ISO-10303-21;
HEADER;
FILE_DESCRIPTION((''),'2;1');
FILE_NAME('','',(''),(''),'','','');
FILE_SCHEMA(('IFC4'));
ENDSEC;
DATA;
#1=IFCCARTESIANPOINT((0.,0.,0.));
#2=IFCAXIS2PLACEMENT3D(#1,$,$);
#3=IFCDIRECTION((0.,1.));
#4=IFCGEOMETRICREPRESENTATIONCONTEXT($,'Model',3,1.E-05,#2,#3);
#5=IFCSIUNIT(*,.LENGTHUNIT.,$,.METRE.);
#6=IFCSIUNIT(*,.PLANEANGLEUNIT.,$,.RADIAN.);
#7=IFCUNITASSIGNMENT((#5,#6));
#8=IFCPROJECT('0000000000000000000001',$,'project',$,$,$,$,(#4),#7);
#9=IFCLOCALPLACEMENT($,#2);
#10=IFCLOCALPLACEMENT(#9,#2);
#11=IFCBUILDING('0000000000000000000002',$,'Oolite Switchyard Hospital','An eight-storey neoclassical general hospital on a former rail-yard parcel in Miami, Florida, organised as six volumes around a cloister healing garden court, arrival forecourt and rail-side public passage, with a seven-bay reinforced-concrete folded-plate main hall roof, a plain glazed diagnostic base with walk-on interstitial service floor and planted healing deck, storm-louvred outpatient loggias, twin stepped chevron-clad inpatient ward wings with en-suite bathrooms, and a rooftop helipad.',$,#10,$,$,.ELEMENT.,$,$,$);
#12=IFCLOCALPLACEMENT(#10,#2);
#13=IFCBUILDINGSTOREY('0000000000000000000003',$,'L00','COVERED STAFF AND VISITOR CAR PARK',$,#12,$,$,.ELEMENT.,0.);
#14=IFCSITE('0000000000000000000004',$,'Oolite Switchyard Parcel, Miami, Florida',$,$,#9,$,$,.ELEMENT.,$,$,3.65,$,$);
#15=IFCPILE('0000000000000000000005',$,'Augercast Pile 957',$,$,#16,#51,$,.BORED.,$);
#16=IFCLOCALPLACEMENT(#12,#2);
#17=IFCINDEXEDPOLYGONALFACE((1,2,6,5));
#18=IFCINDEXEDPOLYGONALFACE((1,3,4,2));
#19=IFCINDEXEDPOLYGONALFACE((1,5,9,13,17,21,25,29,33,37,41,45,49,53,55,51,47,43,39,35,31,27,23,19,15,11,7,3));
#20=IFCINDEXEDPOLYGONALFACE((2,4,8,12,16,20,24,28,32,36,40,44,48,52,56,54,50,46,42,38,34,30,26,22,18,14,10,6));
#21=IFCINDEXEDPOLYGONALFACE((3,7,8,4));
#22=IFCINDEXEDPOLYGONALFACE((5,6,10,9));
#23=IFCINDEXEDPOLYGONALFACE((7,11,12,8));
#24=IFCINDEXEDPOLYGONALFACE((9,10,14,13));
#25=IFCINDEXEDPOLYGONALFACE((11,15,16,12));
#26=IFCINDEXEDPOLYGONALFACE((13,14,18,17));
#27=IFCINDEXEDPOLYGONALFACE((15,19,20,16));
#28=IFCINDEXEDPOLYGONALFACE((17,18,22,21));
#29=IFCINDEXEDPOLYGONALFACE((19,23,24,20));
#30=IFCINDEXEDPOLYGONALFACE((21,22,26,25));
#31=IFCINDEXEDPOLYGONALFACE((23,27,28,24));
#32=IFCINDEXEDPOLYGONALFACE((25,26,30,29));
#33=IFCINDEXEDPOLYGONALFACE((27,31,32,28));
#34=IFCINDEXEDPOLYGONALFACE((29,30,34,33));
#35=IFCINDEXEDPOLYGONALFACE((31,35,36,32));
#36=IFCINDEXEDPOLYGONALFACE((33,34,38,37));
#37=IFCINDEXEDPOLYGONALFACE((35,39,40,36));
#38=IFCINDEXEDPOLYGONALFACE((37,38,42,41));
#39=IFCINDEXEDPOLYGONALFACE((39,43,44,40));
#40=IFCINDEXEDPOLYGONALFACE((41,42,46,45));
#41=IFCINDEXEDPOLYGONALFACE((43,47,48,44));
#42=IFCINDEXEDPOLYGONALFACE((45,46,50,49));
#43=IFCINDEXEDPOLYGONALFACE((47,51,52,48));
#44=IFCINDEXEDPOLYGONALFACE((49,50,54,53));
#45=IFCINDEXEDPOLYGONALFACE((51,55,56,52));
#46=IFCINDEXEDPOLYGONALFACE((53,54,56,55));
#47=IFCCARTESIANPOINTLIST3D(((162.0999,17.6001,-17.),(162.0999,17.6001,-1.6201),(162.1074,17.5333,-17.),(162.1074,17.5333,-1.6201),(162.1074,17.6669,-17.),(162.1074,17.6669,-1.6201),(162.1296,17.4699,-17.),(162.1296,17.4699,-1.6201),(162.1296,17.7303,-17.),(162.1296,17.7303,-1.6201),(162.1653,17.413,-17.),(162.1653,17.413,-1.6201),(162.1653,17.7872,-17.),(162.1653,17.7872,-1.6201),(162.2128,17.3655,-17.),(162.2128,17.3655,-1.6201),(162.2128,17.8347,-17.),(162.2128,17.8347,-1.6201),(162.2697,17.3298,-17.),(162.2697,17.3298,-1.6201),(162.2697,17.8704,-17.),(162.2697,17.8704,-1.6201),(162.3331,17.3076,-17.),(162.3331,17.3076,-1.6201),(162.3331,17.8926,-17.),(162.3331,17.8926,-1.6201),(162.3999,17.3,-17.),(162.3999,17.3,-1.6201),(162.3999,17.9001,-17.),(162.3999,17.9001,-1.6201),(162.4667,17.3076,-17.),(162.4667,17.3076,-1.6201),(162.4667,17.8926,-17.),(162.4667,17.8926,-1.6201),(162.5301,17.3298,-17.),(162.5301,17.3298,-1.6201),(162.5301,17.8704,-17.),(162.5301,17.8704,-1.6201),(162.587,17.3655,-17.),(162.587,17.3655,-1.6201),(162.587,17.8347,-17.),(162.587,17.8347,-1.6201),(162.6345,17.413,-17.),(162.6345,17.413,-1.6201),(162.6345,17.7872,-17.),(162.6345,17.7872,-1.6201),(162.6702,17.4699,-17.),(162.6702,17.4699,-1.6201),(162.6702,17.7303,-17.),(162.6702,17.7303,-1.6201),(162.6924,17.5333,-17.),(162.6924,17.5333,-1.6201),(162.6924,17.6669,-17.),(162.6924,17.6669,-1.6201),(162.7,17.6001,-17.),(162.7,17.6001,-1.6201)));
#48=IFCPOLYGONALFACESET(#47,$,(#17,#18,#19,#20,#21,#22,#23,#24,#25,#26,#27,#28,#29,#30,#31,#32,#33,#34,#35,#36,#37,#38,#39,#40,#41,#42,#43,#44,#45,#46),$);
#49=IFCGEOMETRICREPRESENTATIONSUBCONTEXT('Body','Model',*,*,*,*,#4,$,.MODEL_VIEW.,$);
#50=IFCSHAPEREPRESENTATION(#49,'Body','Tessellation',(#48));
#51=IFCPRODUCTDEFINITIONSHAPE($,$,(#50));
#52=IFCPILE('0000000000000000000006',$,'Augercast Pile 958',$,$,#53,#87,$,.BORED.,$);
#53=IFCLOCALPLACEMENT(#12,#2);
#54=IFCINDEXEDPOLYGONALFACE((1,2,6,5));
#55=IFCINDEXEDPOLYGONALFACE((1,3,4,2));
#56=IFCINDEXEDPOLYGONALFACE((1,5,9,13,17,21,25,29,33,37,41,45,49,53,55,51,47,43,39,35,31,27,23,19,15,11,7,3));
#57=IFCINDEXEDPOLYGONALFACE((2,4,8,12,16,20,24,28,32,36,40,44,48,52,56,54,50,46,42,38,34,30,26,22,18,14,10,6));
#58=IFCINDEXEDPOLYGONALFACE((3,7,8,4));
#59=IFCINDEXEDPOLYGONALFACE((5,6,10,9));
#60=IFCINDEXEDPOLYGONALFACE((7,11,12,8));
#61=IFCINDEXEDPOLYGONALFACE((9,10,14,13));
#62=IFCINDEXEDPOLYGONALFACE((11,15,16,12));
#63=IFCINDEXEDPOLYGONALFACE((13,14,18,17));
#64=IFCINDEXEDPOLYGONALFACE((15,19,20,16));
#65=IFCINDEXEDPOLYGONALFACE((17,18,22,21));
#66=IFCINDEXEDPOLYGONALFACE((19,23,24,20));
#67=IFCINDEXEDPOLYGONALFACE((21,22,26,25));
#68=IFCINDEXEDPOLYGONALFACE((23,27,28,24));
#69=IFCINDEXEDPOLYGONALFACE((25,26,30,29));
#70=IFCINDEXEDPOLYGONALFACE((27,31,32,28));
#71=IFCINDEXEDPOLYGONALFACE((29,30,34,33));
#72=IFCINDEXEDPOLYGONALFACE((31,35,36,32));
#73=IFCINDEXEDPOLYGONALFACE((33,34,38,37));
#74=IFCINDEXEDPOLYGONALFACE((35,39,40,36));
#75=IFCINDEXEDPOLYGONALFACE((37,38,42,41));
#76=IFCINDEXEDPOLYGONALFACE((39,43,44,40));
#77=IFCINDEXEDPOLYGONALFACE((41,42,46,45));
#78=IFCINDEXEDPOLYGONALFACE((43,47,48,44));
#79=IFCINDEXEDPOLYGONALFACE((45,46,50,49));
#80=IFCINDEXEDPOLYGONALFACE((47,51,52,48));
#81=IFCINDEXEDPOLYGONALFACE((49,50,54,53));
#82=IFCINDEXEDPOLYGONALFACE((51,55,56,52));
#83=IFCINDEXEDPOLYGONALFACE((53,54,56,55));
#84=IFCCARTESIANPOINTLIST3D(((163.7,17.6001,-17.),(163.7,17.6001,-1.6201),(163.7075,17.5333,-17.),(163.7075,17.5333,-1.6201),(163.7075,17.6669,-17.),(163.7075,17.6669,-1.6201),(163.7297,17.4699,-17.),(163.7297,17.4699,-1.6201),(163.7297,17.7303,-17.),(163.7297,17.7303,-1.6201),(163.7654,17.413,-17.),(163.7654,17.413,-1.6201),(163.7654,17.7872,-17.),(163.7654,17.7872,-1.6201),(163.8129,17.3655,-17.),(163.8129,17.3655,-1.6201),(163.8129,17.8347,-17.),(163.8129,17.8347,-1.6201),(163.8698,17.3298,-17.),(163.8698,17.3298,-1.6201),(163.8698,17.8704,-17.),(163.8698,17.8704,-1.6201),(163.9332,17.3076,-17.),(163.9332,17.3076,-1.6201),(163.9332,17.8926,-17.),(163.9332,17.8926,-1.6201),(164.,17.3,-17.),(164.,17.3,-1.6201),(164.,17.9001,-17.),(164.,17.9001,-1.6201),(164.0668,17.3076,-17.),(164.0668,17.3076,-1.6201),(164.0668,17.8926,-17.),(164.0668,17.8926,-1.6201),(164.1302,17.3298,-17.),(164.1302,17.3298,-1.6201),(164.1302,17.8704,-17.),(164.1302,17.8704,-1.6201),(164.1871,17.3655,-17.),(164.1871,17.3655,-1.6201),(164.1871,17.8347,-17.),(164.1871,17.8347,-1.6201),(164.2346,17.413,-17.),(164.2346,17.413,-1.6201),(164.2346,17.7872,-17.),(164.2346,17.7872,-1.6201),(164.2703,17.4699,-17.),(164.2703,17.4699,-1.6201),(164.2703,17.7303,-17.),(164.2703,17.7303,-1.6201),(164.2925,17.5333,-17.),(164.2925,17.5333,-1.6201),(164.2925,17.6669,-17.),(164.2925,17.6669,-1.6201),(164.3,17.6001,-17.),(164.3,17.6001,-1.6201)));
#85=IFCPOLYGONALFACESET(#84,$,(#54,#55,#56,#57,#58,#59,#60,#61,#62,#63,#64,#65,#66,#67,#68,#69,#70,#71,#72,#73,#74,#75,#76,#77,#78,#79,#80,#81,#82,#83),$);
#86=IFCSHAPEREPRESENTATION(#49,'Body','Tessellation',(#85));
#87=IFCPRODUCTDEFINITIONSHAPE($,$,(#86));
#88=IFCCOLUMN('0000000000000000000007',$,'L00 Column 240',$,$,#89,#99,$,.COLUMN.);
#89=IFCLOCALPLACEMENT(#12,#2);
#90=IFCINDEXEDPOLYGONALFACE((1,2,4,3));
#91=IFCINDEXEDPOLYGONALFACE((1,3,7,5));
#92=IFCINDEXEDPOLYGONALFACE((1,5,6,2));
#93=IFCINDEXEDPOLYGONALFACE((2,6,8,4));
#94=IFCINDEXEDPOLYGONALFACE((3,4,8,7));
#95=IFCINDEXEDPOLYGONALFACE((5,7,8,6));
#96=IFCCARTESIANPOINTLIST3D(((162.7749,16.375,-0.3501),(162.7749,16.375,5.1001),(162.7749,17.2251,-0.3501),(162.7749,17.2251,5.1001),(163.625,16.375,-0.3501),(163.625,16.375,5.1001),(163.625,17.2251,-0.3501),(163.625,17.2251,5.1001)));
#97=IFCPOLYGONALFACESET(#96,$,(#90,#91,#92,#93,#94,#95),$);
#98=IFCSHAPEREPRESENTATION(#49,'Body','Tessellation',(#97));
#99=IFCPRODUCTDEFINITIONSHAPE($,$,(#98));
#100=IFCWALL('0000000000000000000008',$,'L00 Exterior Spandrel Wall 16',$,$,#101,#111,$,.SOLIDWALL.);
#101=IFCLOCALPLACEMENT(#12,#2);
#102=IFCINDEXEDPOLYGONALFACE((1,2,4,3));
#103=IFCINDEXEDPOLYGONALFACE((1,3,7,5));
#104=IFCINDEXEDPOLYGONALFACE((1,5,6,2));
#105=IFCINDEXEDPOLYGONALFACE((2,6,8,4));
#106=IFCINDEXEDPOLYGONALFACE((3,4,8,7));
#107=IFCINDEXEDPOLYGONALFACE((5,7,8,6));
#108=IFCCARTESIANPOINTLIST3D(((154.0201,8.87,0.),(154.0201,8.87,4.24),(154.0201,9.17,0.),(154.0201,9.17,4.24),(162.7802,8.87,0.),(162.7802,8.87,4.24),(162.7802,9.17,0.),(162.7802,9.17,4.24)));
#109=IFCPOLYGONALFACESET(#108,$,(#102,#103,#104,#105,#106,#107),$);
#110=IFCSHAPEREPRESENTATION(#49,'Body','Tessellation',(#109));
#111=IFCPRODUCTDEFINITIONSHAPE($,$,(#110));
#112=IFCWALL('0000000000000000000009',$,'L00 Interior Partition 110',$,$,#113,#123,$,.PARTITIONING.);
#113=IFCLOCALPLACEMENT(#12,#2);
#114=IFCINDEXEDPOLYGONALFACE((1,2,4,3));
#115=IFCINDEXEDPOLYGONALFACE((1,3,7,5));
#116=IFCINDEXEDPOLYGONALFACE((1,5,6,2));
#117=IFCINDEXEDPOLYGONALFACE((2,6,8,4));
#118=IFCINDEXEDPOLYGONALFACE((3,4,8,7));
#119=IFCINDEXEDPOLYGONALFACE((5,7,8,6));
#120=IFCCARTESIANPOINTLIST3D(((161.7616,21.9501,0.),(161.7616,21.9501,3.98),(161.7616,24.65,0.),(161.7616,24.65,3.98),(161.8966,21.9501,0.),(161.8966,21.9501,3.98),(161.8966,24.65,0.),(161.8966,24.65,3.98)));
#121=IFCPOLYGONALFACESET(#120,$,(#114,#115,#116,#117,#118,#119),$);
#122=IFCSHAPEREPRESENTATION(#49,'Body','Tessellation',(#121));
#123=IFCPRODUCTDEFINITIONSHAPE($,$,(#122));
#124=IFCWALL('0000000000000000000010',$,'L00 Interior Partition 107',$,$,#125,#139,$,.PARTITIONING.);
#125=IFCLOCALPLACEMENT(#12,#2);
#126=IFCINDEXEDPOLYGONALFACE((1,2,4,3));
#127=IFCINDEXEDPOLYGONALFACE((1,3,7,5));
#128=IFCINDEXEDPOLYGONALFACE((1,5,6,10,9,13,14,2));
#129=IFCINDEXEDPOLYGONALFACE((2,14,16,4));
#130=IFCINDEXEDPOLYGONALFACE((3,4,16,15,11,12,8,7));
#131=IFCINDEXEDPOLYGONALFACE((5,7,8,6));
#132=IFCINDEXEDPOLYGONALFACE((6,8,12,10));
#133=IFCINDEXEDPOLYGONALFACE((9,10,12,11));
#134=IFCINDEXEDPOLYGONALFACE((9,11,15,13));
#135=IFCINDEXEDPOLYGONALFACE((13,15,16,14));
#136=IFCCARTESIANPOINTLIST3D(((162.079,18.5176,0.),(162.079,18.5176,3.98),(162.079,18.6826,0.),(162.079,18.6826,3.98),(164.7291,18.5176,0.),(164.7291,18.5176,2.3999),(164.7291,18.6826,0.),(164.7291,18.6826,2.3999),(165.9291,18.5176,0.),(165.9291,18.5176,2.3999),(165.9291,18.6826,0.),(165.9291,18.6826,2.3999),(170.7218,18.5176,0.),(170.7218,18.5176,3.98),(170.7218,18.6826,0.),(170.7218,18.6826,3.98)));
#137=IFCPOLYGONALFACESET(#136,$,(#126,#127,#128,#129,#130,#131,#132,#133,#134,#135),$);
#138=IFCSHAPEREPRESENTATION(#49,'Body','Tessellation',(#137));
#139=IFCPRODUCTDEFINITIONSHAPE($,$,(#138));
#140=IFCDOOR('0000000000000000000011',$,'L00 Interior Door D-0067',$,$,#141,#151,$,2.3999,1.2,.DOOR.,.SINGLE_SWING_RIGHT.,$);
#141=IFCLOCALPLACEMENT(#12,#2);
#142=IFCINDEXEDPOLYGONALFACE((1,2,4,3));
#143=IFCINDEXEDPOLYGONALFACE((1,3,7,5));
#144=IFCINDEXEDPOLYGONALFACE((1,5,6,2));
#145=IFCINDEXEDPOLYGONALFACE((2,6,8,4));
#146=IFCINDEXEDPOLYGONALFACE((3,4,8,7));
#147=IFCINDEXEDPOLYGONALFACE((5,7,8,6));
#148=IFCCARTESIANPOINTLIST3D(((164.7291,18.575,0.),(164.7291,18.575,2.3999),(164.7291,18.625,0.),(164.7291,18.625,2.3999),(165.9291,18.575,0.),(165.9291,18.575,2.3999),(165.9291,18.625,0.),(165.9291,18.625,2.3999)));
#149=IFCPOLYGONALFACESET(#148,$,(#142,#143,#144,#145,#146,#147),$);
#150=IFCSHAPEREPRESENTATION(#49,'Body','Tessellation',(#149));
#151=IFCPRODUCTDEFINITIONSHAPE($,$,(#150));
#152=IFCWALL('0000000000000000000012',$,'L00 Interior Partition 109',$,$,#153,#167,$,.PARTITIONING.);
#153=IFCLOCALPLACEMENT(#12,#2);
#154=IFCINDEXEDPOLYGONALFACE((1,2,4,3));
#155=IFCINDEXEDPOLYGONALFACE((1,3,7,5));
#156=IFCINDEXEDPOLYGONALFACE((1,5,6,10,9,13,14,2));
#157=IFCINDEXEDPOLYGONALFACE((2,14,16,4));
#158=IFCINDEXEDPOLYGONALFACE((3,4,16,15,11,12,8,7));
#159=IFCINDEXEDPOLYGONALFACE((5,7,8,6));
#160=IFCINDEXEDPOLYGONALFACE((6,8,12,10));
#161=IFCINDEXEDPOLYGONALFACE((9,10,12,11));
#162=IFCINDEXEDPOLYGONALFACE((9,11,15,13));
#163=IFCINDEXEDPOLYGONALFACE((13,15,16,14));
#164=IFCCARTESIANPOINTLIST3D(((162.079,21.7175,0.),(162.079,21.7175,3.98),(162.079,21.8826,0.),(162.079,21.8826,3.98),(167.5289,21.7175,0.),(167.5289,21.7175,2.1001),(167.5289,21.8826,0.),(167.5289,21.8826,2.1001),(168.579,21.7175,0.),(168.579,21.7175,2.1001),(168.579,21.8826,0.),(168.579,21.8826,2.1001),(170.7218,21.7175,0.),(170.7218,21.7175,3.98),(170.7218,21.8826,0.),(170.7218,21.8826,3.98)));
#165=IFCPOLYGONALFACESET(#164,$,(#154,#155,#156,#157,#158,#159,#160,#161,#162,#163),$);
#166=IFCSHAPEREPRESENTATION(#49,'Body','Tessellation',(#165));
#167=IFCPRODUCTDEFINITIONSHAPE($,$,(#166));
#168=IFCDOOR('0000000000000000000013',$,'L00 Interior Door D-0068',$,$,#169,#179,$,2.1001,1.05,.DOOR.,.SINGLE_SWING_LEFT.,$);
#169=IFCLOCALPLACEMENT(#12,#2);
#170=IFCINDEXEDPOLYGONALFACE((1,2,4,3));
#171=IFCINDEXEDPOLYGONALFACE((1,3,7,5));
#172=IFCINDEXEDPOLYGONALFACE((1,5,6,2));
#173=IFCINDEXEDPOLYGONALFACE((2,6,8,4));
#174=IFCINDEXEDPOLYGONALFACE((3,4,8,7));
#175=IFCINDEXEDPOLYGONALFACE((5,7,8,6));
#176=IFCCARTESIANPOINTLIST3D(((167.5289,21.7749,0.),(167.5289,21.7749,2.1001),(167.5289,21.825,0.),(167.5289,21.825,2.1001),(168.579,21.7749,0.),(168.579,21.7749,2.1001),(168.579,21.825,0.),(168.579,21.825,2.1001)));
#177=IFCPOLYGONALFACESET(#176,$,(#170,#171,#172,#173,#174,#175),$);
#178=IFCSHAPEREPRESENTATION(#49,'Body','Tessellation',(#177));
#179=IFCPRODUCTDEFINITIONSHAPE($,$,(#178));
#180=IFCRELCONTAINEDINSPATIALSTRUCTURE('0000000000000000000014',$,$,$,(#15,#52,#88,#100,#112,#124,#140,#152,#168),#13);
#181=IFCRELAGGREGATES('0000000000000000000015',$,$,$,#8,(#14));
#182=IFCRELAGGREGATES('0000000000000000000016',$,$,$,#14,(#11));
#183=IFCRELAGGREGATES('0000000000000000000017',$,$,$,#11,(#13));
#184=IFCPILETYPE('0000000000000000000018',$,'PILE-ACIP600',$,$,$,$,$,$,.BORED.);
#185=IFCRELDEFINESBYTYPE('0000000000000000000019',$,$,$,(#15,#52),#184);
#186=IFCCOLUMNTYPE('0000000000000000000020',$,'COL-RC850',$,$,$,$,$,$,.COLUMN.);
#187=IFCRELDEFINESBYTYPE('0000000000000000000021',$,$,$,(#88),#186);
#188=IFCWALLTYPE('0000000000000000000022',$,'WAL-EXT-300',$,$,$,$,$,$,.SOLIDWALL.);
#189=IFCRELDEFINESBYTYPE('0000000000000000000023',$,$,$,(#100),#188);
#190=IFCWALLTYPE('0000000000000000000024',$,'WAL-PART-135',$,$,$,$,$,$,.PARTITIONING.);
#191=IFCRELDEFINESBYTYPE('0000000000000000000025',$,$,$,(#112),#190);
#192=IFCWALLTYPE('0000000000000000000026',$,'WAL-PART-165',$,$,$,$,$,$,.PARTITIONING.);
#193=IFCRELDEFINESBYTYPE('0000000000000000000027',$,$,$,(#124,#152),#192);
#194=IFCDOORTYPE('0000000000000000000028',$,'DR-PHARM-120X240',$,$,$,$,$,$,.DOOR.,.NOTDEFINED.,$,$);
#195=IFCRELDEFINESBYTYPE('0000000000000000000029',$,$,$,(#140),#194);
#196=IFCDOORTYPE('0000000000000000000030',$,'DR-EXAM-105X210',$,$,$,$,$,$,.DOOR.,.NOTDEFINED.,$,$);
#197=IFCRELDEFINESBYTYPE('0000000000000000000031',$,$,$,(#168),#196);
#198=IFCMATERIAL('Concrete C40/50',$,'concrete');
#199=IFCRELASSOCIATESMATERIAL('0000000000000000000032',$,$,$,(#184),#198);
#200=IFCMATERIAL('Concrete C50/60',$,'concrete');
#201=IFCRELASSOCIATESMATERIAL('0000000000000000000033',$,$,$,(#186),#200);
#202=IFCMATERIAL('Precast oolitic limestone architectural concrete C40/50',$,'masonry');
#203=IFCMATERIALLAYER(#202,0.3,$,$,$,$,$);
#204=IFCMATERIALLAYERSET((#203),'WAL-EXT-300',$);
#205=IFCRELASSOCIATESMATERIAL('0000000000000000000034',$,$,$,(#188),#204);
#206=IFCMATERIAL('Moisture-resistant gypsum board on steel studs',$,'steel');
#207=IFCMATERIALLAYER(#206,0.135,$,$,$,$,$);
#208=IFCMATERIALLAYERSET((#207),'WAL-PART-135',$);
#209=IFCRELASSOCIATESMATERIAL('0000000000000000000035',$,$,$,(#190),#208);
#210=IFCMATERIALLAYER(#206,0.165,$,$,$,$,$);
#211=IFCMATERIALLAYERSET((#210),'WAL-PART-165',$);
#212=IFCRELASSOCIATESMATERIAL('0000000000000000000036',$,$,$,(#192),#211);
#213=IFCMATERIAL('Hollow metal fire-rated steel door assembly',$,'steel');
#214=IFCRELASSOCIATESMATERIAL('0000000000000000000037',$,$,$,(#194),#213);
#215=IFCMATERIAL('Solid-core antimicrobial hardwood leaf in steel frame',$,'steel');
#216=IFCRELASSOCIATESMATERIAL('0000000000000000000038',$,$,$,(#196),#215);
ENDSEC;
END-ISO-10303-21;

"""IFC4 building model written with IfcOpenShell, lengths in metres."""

from ifc_helpers import new_model, si_unit, direction, frame, frame_2d, origin, origin_2d, place, context, subcontext, project, spatial, rectangle, circle, extrude, material, layer, layer_set, material_profile, profile_set, type_object, element, fill, save


model = new_model("IFC4")

# Units and contexts
model_context = context("Model", 3, precision=1e-05, world=origin(), true_north=direction((0.0, 1.0)))
body_context = subcontext(model_context, "Body", "Model", "MODEL_VIEW")
ifc_project = project(units=[si_unit("LENGTHUNIT", "METRE"), si_unit("PLANEANGLEUNIT", "RADIAN")], contexts=[model_context])

# Site, building, storey
site_placement = place(None, origin())
site = spatial("IfcSite", under=ifc_project, at=site_placement, Name="Oolite Switchyard Parcel, Miami, Florida", CompositionType="ELEMENT", RefElevation=3.65)
building_placement = place(site_placement, origin())
building = spatial("IfcBuilding", under=site, at=building_placement, Name="Oolite Switchyard Hospital", Description="An eight-storey neoclassical general hospital on a former rail-yard parcel in Miami, Florida, organised as six volumes around a cloister healing garden court, arrival forecourt and rail-side public passage, with a seven-bay reinforced-concrete folded-plate main hall roof, a plain glazed diagnostic base with walk-on interstitial service floor and planted healing deck, storm-louvred outpatient loggias, twin stepped chevron-clad inpatient ward wings with en-suite bathrooms, and a rooftop helipad.", CompositionType="ELEMENT")
storey_placement = place(building_placement, origin())
storey = spatial("IfcBuildingStorey", under=building, at=storey_placement, Name="L00", Description="COVERED STAFF AND VISITOR CAR PARK", CompositionType="ELEMENT", Elevation=0.0)

# Shared definitions
ifc_material_1 = material(Name="Concrete C40/50", Category="concrete")

# Piles
ifc_material_profile_1 = material_profile(ifc_material_1, circle(Radius=0.3, at=origin_2d()), Name="PILE600")
ifc_profile_set_1 = profile_set([ifc_material_profile_1], Name="Concrete C40/50")
pile_type = type_object("IfcPileType", Name="PILE-ACIP600", PredefinedType="BORED", material=ifc_profile_set_1)
for number, where, z_axis, x_axis, name in (
    (1, (162.3999, 17.6001, -1.6201), (0.0, 0.0, -1.0), (1.0, 0.0, 0.0), "Augercast Pile 957"),
    (2, (164.0, 17.6001, -1.6201), (0.0, 0.0, -1.0), (1.0, 0.0, 0.0), "Augercast Pile 958"),
):
    element("IfcPile", number, at=place(storey_placement, frame(where, z_axis=z_axis, x_axis=x_axis)), inside=storey, type_object=pile_type, Name=name, PredefinedType="BORED", context=body_context, shape_type="SweptSolid", body=[
        extrude(circle(Radius=0.3, at=origin_2d()), origin(), (0.0, 0.0, 1.0), 15.3799),
    ])

# Column
ifc_material_2 = material(Name="Concrete C50/60", Category="concrete")
ifc_material_profile_2 = material_profile(ifc_material_2, rectangle(XDim=0.8501, YDim=0.8501, at=origin_2d()), Name="RC850X850")
ifc_profile_set_2 = profile_set([ifc_material_profile_2], Name="Concrete C50/60")
column_type = type_object("IfcColumnType", Name="COL-RC850", PredefinedType="COLUMN", material=ifc_profile_set_2)
column_placement = place(storey_placement, frame((163.2, 16.8, -0.3501), z_axis=(0.0, 0.0, 1.0), x_axis=(1.0, 0.0, 0.0)))
element("IfcColumn", 3, at=column_placement, inside=storey, type_object=column_type, Name="L00 Column 240", PredefinedType="COLUMN", context=body_context, shape_type="SweptSolid", body=[
    extrude(rectangle(XDim=0.8501, YDim=0.8501, at=origin_2d()), origin(), (0.0, 0.0, 1.0), 5.4502),
])

# Walls
ifc_material_3 = material(Name="Precast oolitic limestone architectural concrete C40/50", Category="masonry")
ifc_layer_1 = layer(ifc_material_3, 0.3)
ifc_layer_set_1 = layer_set([ifc_layer_1], Name="WAL-EXT-300")
wall_type_1 = type_object("IfcWallType", Name="WAL-EXT-300", PredefinedType="SOLIDWALL", material=ifc_layer_set_1)
wall_1_placement = place(storey_placement, frame((162.78, 9.02, 0.0), z_axis=(0.0, 0.0, 1.0), x_axis=(-1.0, 0.0, 0.0)))
element("IfcWall", 4, at=wall_1_placement, inside=storey, type_object=wall_type_1, Name="L00 Exterior Spandrel Wall 16", PredefinedType="SOLIDWALL", context=body_context, shape_type="SweptSolid", body=[
    extrude(rectangle(XDim=8.76, YDim=0.3, at=frame_2d((4.3799, 0.0))), origin(), (0.0, 0.0, 1.0), 4.24),
])
ifc_material_4 = material(Name="Moisture-resistant gypsum board on steel studs", Category="steel")
ifc_layer_2 = layer(ifc_material_4, 0.135)
ifc_layer_set_2 = layer_set([ifc_layer_2], Name="WAL-PART-135")
wall_type_2 = type_object("IfcWallType", Name="WAL-PART-135", PredefinedType="PARTITIONING", material=ifc_layer_set_2)
wall_2_placement = place(storey_placement, frame((161.8291, 21.95, 0.0), z_axis=(0.0, 0.0, 1.0), x_axis=(0.0, 1.0, 0.0)))
element("IfcWall", 5, at=wall_2_placement, inside=storey, type_object=wall_type_2, Name="L00 Interior Partition 110", PredefinedType="PARTITIONING", context=body_context, shape_type="SweptSolid", body=[
    extrude(rectangle(XDim=2.7, YDim=0.135, at=frame_2d((1.3501, 0.0))), origin(), (0.0, 0.0, 1.0), 3.98),
])

# Walls, openings, doors
ifc_layer_3 = layer(ifc_material_4, 0.165)
ifc_layer_set_3 = layer_set([ifc_layer_3], Name="WAL-PART-165")
wall_type_3 = type_object("IfcWallType", Name="WAL-PART-165", PredefinedType="PARTITIONING", material=ifc_layer_set_3)
wall_3_placement = place(storey_placement, frame((162.0791, 18.6001, 0.0), z_axis=(0.0, 0.0, 1.0), x_axis=(1.0, 0.0, 0.0)))
wall_3 = element("IfcWall", 6, at=wall_3_placement, inside=storey, type_object=wall_type_3, Name="L00 Interior Partition 107", PredefinedType="PARTITIONING", context=body_context, shape_type="SweptSolid", body=[
    extrude(rectangle(XDim=8.6428, YDim=0.165, at=frame_2d((4.3213, 0.0))), origin(), (0.0, 0.0, 1.0), 3.98),
])
opening_1_placement = place(wall_3_placement, frame((2.6499, 0.0, 0.0)))
opening_1 = element("IfcOpeningElement", 7, at=opening_1_placement, cuts=wall_3, PredefinedType="OPENING", context=body_context, shape_type="SweptSolid", body=[
    extrude(rectangle(XDim=1.2, YDim=2.3999, at=frame_2d((0.6001, 1.2))), frame((0.0, 0.0925, 0.0), z_axis=(0.0, -1.0, 0.0), x_axis=(1.0, 0.0, 0.0)), (0.0, 0.0, 1.0), 0.1851),
])
ifc_material_5 = material(Name="Hollow metal fire-rated steel door assembly", Category="steel")
door_type_1 = type_object("IfcDoorType", Name="DR-PHARM-120X240", OperationType="NOTDEFINED", PredefinedType="DOOR", material=ifc_material_5)
door_1_placement = place(opening_1_placement, origin())
door_1 = element("IfcDoor", 8, at=door_1_placement, inside=storey, type_object=door_type_1, Name="L00 Interior Door D-0067", OperationType="SINGLE_SWING_RIGHT", OverallHeight=2.3999, OverallWidth=1.2, PredefinedType="DOOR", context=body_context, shape_type="SweptSolid", body=[
    extrude(rectangle(XDim=1.2, YDim=2.3999, at=frame_2d((0.6001, 1.2))), frame((0.0, 0.0249, 0.0), z_axis=(0.0, -1.0, 0.0), x_axis=(1.0, 0.0, 0.0)), (0.0, 0.0, 1.0), 0.05),
])
fill(opening_1, door_1)
wall_4_placement = place(storey_placement, frame((162.0791, 21.8, 0.0), z_axis=(0.0, 0.0, 1.0), x_axis=(1.0, 0.0, 0.0)))
wall_4 = element("IfcWall", 9, at=wall_4_placement, inside=storey, type_object=wall_type_3, Name="L00 Interior Partition 109", PredefinedType="PARTITIONING", context=body_context, shape_type="SweptSolid", body=[
    extrude(rectangle(XDim=8.6428, YDim=0.165, at=frame_2d((4.3213, 0.0))), origin(), (0.0, 0.0, 1.0), 3.98),
])
opening_2_placement = place(wall_4_placement, frame((5.45, 0.0, 0.0)))
opening_2 = element("IfcOpeningElement", 10, at=opening_2_placement, cuts=wall_4, PredefinedType="OPENING", context=body_context, shape_type="SweptSolid", body=[
    extrude(rectangle(XDim=1.05, YDim=2.1001, at=frame_2d((0.5249, 1.05))), frame((0.0, 0.0925, 0.0), z_axis=(0.0, -1.0, 0.0), x_axis=(1.0, 0.0, 0.0)), (0.0, 0.0, 1.0), 0.1851),
])
ifc_material_6 = material(Name="Solid-core antimicrobial hardwood leaf in steel frame", Category="steel")
door_type_2 = type_object("IfcDoorType", Name="DR-EXAM-105X210", OperationType="NOTDEFINED", PredefinedType="DOOR", material=ifc_material_6)
door_2_placement = place(opening_2_placement, origin())
door_2 = element("IfcDoor", 11, at=door_2_placement, inside=storey, type_object=door_type_2, Name="L00 Interior Door D-0068", OperationType="SINGLE_SWING_LEFT", OverallHeight=2.1001, OverallWidth=1.05, PredefinedType="DOOR", context=body_context, shape_type="SweptSolid", body=[
    extrude(rectangle(XDim=1.05, YDim=2.1001, at=frame_2d((0.5249, 1.05))), frame((0.0, 0.0249, 0.0), z_axis=(0.0, -1.0, 0.0), x_axis=(1.0, 0.0, 0.0)), (0.0, 0.0, 1.0), 0.05),
])
fill(opening_2, door_2)

save(model, "model.ifc")
